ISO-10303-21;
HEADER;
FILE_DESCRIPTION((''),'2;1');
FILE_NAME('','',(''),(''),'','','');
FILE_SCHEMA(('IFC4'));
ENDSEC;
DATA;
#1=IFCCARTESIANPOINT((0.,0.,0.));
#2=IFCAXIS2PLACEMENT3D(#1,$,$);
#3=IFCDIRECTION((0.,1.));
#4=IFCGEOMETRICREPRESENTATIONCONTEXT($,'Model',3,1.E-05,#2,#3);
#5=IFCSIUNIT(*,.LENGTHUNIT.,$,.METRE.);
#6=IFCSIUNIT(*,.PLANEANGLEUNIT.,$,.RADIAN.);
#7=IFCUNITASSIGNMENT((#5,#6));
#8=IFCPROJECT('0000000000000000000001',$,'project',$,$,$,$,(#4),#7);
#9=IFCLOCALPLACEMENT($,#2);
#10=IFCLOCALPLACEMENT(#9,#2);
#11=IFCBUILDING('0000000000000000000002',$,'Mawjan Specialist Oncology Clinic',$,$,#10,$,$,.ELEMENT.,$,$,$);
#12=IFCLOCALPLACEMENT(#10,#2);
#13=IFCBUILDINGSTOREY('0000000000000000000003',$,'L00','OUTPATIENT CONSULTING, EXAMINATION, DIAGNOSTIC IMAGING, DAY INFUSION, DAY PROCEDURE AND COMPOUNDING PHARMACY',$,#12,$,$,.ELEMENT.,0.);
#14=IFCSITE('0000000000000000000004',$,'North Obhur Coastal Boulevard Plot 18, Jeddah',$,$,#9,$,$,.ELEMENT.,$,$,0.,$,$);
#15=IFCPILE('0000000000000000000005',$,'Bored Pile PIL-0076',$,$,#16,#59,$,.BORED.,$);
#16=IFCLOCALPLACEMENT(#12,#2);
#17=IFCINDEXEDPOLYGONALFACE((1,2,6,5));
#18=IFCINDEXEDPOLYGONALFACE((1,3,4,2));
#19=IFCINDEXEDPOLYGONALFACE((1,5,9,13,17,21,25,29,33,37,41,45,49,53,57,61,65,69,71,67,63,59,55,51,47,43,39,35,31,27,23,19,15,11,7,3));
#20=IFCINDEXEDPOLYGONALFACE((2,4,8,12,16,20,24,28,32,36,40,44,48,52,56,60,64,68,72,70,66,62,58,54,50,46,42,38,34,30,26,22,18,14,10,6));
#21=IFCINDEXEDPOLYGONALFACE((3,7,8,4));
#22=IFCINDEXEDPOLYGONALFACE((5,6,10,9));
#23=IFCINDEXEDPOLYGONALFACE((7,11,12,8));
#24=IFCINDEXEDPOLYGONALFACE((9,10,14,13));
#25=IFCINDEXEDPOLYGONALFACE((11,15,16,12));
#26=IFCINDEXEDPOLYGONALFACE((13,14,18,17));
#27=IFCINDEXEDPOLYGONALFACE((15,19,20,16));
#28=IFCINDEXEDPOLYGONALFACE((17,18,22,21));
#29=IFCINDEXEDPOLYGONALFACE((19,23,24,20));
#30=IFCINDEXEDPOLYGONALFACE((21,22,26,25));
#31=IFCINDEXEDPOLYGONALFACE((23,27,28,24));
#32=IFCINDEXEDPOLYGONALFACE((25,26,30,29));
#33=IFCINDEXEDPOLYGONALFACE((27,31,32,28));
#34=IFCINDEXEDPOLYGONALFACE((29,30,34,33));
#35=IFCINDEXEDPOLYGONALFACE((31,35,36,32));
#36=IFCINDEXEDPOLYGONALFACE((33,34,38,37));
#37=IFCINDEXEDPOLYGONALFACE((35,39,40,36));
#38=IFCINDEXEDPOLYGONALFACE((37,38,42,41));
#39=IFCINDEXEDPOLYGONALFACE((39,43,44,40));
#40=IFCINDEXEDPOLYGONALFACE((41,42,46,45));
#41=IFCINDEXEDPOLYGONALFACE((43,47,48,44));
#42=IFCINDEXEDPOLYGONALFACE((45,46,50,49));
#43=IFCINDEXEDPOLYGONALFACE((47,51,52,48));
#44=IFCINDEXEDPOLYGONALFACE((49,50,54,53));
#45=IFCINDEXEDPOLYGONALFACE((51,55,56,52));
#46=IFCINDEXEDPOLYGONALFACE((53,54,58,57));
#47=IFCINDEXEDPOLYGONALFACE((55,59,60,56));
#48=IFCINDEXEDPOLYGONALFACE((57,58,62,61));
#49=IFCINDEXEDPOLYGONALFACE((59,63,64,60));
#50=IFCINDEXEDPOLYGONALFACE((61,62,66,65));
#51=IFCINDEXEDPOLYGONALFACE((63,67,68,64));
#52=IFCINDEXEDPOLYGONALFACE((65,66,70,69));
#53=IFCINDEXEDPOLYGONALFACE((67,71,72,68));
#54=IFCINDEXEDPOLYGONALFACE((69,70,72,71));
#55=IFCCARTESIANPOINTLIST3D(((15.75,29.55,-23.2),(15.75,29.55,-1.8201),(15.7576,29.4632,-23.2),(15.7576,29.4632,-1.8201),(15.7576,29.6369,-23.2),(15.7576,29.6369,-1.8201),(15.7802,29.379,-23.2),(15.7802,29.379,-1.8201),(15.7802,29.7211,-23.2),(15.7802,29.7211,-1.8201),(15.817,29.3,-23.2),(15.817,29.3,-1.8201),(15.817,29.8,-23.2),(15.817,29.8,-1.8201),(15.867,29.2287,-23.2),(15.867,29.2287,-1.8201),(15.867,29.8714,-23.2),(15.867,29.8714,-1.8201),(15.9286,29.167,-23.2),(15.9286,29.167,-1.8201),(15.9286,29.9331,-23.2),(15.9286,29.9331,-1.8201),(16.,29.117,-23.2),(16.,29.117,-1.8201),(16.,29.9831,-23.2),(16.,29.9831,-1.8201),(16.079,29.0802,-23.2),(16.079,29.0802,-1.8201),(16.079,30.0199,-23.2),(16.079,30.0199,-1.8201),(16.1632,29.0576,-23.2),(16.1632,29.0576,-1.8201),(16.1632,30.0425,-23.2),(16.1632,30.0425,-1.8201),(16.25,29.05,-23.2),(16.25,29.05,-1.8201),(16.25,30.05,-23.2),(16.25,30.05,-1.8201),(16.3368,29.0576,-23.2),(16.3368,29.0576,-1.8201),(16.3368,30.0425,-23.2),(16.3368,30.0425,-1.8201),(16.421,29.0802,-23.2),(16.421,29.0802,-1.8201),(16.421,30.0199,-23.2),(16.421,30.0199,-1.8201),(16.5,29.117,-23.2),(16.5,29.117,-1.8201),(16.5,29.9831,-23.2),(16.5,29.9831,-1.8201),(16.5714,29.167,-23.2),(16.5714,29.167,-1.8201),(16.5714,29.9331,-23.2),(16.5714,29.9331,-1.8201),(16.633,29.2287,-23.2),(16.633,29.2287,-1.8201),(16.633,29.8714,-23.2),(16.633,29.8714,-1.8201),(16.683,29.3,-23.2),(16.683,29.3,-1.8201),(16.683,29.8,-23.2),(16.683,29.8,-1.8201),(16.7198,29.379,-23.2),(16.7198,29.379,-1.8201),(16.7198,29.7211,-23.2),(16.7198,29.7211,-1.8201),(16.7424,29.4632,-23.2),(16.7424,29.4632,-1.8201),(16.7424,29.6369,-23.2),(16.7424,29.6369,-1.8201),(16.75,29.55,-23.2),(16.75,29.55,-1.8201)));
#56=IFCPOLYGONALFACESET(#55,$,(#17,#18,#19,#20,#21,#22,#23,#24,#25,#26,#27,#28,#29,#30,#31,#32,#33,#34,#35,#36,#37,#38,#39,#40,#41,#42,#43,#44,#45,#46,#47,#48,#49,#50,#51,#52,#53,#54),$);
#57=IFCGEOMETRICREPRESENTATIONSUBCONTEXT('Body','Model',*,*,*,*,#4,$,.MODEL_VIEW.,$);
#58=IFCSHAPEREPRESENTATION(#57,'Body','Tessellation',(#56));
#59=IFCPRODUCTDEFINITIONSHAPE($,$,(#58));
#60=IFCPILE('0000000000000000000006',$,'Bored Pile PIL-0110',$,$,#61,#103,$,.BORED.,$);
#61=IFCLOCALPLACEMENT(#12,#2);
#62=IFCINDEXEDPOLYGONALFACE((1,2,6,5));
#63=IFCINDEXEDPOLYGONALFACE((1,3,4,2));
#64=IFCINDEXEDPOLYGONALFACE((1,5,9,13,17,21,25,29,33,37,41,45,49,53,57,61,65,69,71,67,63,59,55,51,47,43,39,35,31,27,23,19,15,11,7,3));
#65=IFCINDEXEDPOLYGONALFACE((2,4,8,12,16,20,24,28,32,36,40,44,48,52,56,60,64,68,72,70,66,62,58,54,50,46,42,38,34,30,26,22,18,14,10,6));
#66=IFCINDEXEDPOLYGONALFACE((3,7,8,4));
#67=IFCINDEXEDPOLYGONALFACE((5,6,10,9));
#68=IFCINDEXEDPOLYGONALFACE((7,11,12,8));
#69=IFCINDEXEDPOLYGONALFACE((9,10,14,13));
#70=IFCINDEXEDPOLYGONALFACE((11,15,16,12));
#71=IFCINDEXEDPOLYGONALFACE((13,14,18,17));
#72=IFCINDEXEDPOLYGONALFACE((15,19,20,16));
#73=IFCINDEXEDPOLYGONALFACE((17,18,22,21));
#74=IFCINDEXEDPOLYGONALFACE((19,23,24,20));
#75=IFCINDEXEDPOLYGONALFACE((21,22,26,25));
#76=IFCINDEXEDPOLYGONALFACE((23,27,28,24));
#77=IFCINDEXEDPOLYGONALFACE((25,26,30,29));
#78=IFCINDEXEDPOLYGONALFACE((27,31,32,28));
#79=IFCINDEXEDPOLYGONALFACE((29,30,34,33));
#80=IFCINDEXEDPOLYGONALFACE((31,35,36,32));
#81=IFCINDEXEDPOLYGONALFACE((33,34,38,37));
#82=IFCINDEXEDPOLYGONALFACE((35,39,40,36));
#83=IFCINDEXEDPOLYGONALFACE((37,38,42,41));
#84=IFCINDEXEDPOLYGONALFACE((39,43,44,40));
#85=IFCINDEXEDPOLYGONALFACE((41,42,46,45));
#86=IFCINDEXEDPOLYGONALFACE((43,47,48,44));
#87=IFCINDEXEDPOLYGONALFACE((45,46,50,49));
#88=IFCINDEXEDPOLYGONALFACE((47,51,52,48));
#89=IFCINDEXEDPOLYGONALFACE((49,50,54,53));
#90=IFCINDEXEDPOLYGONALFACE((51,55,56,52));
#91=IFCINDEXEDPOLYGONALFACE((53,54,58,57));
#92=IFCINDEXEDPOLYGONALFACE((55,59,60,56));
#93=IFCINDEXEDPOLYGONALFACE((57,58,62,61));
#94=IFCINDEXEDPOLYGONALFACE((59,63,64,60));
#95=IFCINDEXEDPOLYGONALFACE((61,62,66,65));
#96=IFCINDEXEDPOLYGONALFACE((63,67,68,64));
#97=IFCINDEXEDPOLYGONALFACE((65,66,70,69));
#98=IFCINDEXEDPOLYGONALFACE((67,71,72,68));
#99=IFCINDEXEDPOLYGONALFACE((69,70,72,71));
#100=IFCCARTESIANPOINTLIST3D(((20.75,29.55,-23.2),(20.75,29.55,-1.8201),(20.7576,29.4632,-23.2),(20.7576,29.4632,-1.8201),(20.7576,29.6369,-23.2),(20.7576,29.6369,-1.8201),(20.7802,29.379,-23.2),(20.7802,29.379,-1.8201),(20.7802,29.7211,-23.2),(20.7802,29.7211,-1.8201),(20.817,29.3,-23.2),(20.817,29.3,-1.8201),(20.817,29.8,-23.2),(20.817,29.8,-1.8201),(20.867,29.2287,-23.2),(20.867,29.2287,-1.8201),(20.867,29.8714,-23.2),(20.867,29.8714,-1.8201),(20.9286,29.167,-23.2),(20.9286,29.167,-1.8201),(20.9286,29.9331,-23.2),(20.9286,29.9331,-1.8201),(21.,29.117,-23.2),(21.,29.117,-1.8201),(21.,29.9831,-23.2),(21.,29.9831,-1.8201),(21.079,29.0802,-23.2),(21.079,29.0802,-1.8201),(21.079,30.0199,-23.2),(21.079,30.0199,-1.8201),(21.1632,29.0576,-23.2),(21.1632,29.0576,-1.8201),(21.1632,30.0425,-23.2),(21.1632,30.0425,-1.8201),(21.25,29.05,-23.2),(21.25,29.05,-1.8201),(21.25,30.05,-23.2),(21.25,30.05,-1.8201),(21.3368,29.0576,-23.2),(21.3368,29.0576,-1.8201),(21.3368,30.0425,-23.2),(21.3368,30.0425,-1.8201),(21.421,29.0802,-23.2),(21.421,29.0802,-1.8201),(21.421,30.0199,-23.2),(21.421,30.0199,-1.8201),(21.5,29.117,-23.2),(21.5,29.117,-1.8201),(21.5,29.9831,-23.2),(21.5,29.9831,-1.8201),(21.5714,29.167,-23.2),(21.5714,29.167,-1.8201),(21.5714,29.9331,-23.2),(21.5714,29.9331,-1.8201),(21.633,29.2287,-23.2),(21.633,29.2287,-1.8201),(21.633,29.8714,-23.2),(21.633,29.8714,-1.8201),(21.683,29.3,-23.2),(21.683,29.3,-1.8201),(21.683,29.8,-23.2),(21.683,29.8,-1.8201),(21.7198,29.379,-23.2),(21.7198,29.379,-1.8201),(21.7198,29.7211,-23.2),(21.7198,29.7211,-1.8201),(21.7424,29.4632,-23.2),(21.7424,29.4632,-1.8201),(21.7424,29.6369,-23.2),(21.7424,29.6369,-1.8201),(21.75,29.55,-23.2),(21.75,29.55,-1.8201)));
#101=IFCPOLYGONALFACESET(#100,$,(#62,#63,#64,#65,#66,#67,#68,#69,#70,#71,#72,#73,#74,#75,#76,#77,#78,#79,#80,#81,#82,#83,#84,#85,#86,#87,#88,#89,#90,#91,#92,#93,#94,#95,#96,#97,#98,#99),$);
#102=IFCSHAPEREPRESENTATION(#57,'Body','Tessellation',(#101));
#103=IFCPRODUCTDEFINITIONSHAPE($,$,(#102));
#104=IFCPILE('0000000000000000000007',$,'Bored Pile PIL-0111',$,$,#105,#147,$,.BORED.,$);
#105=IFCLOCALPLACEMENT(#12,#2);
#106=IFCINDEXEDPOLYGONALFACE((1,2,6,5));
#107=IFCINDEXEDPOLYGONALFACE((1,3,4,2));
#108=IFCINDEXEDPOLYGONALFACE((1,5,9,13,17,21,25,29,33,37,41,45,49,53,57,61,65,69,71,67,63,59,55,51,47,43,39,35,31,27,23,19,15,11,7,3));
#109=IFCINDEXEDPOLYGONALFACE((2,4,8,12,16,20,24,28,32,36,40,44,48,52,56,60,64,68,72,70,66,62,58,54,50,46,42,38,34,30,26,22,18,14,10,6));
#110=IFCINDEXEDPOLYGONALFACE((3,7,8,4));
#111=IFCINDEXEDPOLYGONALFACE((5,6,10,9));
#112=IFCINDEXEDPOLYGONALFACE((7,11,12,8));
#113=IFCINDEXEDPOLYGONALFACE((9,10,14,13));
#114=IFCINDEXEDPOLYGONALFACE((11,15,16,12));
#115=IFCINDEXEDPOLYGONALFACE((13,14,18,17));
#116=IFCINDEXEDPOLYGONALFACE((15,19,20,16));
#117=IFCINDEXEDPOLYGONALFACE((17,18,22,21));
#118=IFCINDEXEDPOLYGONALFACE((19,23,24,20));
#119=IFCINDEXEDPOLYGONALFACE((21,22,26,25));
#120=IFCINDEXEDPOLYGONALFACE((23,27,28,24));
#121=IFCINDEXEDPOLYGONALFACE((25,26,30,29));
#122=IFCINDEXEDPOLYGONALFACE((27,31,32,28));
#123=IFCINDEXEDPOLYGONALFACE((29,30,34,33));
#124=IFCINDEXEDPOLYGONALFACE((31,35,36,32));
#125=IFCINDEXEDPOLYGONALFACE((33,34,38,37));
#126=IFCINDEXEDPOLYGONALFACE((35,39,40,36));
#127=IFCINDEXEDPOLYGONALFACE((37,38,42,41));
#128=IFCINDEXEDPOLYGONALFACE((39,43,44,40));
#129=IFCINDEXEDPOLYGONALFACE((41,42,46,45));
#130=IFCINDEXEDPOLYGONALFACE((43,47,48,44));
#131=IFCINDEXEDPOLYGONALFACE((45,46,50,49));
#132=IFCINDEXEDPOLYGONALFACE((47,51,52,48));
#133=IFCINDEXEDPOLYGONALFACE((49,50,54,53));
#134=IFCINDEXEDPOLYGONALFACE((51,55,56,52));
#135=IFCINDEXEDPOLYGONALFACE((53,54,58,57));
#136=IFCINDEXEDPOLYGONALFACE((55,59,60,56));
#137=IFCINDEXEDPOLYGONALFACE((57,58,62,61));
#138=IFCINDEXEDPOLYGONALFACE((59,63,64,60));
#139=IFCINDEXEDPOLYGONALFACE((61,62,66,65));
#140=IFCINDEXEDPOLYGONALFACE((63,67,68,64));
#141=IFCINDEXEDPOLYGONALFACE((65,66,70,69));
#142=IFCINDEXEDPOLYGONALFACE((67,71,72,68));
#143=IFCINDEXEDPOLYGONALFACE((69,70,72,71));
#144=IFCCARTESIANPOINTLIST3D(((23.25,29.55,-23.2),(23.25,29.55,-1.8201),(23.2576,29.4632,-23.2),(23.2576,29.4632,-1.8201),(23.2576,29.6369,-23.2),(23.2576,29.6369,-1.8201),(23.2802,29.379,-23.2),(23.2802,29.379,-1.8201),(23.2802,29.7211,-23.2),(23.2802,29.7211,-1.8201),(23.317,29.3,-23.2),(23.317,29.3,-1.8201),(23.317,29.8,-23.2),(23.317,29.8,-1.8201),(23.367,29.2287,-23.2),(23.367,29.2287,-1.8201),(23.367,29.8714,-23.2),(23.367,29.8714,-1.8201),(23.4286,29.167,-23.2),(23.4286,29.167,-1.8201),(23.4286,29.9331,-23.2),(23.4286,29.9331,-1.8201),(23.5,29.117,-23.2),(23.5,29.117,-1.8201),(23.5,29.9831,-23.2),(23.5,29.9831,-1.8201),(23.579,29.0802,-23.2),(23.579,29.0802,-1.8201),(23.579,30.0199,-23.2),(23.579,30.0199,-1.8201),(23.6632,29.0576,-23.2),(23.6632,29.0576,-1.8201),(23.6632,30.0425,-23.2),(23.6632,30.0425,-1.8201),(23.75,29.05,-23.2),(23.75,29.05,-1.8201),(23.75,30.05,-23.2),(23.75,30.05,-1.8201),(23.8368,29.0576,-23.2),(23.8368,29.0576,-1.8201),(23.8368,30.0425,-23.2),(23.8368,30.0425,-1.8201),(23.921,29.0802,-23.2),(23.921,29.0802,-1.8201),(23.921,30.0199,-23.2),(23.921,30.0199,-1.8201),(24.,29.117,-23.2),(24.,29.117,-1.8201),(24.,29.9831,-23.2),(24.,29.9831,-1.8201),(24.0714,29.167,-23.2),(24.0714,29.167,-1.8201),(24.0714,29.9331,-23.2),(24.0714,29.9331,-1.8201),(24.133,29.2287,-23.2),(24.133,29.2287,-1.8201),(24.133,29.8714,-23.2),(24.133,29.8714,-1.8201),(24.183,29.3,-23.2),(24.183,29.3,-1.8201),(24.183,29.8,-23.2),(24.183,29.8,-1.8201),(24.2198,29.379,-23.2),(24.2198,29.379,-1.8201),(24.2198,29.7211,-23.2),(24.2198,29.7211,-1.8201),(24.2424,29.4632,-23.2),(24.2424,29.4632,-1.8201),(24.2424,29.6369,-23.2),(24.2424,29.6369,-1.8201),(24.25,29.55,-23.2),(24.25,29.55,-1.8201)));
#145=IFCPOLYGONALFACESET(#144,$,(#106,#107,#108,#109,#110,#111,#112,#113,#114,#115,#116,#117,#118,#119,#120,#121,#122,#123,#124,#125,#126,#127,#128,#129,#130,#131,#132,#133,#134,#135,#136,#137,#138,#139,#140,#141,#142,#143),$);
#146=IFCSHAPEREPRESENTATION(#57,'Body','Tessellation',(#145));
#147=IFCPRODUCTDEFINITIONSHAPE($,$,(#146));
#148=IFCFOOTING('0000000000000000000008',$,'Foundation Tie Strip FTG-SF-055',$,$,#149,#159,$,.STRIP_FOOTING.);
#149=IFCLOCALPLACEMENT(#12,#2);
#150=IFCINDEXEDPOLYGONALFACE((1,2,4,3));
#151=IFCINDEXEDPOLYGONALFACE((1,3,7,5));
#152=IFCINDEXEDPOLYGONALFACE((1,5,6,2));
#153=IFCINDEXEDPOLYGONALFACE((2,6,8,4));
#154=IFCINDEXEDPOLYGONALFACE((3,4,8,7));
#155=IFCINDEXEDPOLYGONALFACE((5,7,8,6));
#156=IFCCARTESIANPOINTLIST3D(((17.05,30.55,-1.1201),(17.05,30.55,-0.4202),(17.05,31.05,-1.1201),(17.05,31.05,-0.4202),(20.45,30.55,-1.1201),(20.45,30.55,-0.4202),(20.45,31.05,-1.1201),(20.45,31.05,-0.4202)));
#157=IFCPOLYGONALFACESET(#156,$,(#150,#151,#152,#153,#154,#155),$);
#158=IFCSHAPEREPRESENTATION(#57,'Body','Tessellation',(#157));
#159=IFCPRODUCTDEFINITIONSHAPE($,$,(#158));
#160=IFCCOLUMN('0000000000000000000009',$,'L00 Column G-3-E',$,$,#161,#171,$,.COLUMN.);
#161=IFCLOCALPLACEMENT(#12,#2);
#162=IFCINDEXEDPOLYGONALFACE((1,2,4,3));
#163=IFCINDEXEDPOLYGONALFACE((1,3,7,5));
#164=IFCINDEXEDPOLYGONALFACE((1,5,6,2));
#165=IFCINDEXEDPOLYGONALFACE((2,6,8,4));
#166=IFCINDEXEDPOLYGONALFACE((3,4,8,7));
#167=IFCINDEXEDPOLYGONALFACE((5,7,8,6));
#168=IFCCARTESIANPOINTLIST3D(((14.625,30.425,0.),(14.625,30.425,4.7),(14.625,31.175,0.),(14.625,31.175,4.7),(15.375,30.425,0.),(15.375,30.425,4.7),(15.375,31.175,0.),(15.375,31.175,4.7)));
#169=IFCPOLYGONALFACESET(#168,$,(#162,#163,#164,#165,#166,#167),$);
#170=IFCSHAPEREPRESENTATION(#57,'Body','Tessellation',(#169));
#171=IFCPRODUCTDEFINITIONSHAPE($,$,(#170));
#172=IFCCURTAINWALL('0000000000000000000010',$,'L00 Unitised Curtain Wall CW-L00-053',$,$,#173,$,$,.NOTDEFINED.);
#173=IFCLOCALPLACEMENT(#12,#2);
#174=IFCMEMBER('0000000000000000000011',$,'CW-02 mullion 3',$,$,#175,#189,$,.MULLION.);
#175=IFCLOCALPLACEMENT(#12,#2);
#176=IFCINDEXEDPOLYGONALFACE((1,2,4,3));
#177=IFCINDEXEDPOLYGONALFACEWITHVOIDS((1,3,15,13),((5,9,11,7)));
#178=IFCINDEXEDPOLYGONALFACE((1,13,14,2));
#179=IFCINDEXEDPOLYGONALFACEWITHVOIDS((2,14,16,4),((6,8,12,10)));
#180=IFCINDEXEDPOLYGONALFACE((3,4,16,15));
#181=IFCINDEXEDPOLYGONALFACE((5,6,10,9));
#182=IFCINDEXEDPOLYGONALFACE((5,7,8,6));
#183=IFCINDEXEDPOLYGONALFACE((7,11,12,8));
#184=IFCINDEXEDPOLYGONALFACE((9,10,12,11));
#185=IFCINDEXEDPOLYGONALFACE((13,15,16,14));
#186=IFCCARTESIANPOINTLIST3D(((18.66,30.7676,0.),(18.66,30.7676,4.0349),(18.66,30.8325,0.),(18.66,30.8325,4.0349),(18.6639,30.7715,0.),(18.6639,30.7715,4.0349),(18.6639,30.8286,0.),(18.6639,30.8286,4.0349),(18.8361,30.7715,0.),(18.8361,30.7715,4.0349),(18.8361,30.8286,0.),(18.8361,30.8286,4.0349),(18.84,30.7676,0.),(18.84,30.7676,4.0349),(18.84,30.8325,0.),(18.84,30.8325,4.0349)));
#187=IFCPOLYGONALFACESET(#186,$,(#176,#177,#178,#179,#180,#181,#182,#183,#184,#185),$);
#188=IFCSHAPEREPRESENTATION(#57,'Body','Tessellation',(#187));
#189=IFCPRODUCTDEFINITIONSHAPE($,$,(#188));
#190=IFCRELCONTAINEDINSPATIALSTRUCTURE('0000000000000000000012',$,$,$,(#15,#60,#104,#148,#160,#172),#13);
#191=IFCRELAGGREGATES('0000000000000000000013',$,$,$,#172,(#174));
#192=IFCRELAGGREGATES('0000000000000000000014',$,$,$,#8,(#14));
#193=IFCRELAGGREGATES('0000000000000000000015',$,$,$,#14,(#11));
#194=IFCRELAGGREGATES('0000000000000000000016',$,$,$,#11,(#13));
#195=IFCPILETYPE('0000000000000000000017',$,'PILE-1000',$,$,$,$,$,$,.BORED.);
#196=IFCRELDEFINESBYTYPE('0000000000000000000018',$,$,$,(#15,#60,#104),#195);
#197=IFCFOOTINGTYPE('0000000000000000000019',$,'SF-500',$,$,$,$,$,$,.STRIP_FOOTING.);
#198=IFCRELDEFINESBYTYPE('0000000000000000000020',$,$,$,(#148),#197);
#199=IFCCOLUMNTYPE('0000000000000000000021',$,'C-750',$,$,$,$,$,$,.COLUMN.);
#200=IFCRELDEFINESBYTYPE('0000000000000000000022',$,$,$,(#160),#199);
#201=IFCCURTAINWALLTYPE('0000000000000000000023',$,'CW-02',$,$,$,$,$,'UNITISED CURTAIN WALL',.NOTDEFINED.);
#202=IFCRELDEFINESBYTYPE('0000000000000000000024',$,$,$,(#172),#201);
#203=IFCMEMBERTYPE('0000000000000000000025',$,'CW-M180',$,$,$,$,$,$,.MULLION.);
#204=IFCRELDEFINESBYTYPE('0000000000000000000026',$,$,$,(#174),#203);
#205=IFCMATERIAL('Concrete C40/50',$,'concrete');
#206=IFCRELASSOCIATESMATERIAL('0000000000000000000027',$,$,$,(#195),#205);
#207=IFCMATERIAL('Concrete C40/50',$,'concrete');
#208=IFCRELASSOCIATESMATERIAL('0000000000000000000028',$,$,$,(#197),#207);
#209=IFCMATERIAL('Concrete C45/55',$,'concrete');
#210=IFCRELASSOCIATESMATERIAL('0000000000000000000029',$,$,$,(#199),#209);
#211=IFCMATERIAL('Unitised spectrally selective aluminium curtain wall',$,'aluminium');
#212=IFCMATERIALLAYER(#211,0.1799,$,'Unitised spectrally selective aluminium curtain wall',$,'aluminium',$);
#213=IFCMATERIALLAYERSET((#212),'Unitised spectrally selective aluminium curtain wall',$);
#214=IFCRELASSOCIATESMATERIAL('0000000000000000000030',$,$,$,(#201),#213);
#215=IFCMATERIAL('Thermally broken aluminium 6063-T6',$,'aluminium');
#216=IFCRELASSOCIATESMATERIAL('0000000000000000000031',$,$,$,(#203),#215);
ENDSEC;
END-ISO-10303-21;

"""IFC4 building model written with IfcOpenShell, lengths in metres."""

from ifc_helpers import new_model, si_unit, direction, frame, origin, origin_2d, place, context, subcontext, project, spatial, rectangle, hollow_rectangle, circle, extrude, material, layer, layer_set, material_profile, profile_set, type_object, element, aggregate, save


model = new_model("IFC4")

# Units and contexts
model_context = context("Model", 3, precision=1e-05, world=origin(), true_north=direction((0.0, 1.0)))
body_context = subcontext(model_context, "Body", "Model", "MODEL_VIEW")
ifc_project = project(units=[si_unit("LENGTHUNIT", "METRE"), si_unit("PLANEANGLEUNIT", "RADIAN")], contexts=[model_context])

# Site, building, storey
site_placement = place(None, origin())
site = spatial("IfcSite", under=ifc_project, at=site_placement, Name="North Obhur Coastal Boulevard Plot 18, Jeddah", CompositionType="ELEMENT", RefElevation=0.0)
building_placement = place(site_placement, origin())
building = spatial("IfcBuilding", under=site, at=building_placement, Name="Mawjan Specialist Oncology Clinic", CompositionType="ELEMENT")
storey_placement = place(building_placement, origin())
storey = spatial("IfcBuildingStorey", under=building, at=storey_placement, Name="L00", Description="OUTPATIENT CONSULTING, EXAMINATION, DIAGNOSTIC IMAGING, DAY INFUSION, DAY PROCEDURE AND COMPOUNDING PHARMACY", CompositionType="ELEMENT", Elevation=0.0)

# Piles
ifc_material_1 = material(Name="Concrete C40/50", Category="concrete")
ifc_material_profile_1 = material_profile(ifc_material_1, circle(Radius=0.5, at=origin_2d()), Name="BORED PILE D1000", Category="concrete")
ifc_profile_set_1 = profile_set([ifc_material_profile_1], Name="Concrete C40/50")
pile_type = type_object("IfcPileType", Name="PILE-1000", PredefinedType="BORED", material=ifc_profile_set_1)
for number, where, z_axis, x_axis, name in (
    (1, (16.25, 29.55, -1.8201), (0.0, 0.0, -1.0), (1.0, 0.0, 0.0), "Bored Pile PIL-0076"),
    (2, (21.25, 29.55, -1.8201), (0.0, 0.0, -1.0), (1.0, 0.0, 0.0), "Bored Pile PIL-0110"),
    (3, (23.75, 29.55, -1.8201), (0.0, 0.0, -1.0), (1.0, 0.0, 0.0), "Bored Pile PIL-0111"),
):
    element("IfcPile", number, at=place(storey_placement, frame(where, z_axis=z_axis, x_axis=x_axis)), inside=storey, type_object=pile_type, Name=name, PredefinedType="BORED", context=body_context, shape_type="SweptSolid", body=[
        extrude(circle(Radius=0.5, at=origin_2d()), origin(), (0.0, 0.0, 1.0), 21.3799),
    ])

# Footing
ifc_material_2 = material(Name="Concrete C40/50", Category="concrete")
footing_type = type_object("IfcFootingType", Name="SF-500", PredefinedType="STRIP_FOOTING", material=ifc_material_2)
footing_placement = place(storey_placement, frame((18.75, 30.8, -1.1201), z_axis=(0.0, 0.0, 1.0), x_axis=(1.0, 0.0, 0.0)))
element("IfcFooting", 4, at=footing_placement, inside=storey, type_object=footing_type, Name="Foundation Tie Strip FTG-SF-055", PredefinedType="STRIP_FOOTING", context=body_context, shape_type="SweptSolid", body=[
    extrude(rectangle(XDim=3.3999, YDim=0.5, at=origin_2d()), origin(), (0.0, 0.0, 1.0), 0.7),
])

# Column
ifc_material_3 = material(Name="Concrete C45/55", Category="concrete")
ifc_material_profile_2 = material_profile(ifc_material_3, rectangle(XDim=0.75, YDim=0.75, at=origin_2d()), Name="RC COL 750x750", Category="concrete")
ifc_profile_set_2 = profile_set([ifc_material_profile_2], Name="Concrete C45/55")
column_type = type_object("IfcColumnType", Name="C-750", PredefinedType="COLUMN", material=ifc_profile_set_2)
column_placement = place(storey_placement, frame((15.0, 30.8, 0.0), z_axis=(0.0, 0.0, 1.0), x_axis=(1.0, 0.0, 0.0)))
element("IfcColumn", 5, at=column_placement, inside=storey, type_object=column_type, Name="L00 Column G-3-E", PredefinedType="COLUMN", context=body_context, shape_type="SweptSolid", body=[
    extrude(rectangle(XDim=0.75, YDim=0.75, at=origin_2d()), origin(), (0.0, 0.0, 1.0), 4.7),
])

# Curtain wall, member
ifc_material_4 = material(Name="Unitised spectrally selective aluminium curtain wall", Category="aluminium")
ifc_layer_1 = layer(ifc_material_4, 0.1799, Name="Unitised spectrally selective aluminium curtain wall", Category="aluminium")
ifc_layer_set_1 = layer_set([ifc_layer_1], Name="Unitised spectrally selective aluminium curtain wall")
curtain_wall_type = type_object("IfcCurtainWallType", Name="CW-02", ElementType="UNITISED CURTAIN WALL", PredefinedType="NOTDEFINED", material=ifc_layer_set_1)
curtain_wall_placement = place(storey_placement, origin())
curtain_wall = element("IfcCurtainWall", 6, at=curtain_wall_placement, inside=storey, type_object=curtain_wall_type, Name="L00 Unitised Curtain Wall CW-L00-053", PredefinedType="NOTDEFINED")
ifc_material_5 = material(Name="Thermally broken aluminium 6063-T6", Category="aluminium")
ifc_material_profile_3 = material_profile(ifc_material_5, hollow_rectangle(XDim=0.0649, YDim=0.1799, WallThickness=0.0039, at=origin_2d()), Name="ALU MULLION 180x65x4", Category="aluminium")
ifc_profile_set_3 = profile_set([ifc_material_profile_3], Name="Thermally broken aluminium 6063-T6")
member_type_1 = type_object("IfcMemberType", Name="CW-M180", PredefinedType="MULLION", material=ifc_profile_set_3)
member_1_placement = place(storey_placement, frame((18.75, 30.8, 0.0), z_axis=(0.0, 0.0, 1.0), x_axis=(0.0, -1.0, 0.0)))
member_1 = element("IfcMember", 7, at=member_1_placement, type_object=member_type_1, Name="CW-02 mullion 3", PredefinedType="MULLION", context=body_context, shape_type="SweptSolid", body=[
    extrude(hollow_rectangle(XDim=0.0649, YDim=0.1799, WallThickness=0.0039, at=origin_2d()), origin(), (0.0, 0.0, 1.0), 4.0349),
])
aggregate(curtain_wall, [member_1])

save(model, "model.ifc")
